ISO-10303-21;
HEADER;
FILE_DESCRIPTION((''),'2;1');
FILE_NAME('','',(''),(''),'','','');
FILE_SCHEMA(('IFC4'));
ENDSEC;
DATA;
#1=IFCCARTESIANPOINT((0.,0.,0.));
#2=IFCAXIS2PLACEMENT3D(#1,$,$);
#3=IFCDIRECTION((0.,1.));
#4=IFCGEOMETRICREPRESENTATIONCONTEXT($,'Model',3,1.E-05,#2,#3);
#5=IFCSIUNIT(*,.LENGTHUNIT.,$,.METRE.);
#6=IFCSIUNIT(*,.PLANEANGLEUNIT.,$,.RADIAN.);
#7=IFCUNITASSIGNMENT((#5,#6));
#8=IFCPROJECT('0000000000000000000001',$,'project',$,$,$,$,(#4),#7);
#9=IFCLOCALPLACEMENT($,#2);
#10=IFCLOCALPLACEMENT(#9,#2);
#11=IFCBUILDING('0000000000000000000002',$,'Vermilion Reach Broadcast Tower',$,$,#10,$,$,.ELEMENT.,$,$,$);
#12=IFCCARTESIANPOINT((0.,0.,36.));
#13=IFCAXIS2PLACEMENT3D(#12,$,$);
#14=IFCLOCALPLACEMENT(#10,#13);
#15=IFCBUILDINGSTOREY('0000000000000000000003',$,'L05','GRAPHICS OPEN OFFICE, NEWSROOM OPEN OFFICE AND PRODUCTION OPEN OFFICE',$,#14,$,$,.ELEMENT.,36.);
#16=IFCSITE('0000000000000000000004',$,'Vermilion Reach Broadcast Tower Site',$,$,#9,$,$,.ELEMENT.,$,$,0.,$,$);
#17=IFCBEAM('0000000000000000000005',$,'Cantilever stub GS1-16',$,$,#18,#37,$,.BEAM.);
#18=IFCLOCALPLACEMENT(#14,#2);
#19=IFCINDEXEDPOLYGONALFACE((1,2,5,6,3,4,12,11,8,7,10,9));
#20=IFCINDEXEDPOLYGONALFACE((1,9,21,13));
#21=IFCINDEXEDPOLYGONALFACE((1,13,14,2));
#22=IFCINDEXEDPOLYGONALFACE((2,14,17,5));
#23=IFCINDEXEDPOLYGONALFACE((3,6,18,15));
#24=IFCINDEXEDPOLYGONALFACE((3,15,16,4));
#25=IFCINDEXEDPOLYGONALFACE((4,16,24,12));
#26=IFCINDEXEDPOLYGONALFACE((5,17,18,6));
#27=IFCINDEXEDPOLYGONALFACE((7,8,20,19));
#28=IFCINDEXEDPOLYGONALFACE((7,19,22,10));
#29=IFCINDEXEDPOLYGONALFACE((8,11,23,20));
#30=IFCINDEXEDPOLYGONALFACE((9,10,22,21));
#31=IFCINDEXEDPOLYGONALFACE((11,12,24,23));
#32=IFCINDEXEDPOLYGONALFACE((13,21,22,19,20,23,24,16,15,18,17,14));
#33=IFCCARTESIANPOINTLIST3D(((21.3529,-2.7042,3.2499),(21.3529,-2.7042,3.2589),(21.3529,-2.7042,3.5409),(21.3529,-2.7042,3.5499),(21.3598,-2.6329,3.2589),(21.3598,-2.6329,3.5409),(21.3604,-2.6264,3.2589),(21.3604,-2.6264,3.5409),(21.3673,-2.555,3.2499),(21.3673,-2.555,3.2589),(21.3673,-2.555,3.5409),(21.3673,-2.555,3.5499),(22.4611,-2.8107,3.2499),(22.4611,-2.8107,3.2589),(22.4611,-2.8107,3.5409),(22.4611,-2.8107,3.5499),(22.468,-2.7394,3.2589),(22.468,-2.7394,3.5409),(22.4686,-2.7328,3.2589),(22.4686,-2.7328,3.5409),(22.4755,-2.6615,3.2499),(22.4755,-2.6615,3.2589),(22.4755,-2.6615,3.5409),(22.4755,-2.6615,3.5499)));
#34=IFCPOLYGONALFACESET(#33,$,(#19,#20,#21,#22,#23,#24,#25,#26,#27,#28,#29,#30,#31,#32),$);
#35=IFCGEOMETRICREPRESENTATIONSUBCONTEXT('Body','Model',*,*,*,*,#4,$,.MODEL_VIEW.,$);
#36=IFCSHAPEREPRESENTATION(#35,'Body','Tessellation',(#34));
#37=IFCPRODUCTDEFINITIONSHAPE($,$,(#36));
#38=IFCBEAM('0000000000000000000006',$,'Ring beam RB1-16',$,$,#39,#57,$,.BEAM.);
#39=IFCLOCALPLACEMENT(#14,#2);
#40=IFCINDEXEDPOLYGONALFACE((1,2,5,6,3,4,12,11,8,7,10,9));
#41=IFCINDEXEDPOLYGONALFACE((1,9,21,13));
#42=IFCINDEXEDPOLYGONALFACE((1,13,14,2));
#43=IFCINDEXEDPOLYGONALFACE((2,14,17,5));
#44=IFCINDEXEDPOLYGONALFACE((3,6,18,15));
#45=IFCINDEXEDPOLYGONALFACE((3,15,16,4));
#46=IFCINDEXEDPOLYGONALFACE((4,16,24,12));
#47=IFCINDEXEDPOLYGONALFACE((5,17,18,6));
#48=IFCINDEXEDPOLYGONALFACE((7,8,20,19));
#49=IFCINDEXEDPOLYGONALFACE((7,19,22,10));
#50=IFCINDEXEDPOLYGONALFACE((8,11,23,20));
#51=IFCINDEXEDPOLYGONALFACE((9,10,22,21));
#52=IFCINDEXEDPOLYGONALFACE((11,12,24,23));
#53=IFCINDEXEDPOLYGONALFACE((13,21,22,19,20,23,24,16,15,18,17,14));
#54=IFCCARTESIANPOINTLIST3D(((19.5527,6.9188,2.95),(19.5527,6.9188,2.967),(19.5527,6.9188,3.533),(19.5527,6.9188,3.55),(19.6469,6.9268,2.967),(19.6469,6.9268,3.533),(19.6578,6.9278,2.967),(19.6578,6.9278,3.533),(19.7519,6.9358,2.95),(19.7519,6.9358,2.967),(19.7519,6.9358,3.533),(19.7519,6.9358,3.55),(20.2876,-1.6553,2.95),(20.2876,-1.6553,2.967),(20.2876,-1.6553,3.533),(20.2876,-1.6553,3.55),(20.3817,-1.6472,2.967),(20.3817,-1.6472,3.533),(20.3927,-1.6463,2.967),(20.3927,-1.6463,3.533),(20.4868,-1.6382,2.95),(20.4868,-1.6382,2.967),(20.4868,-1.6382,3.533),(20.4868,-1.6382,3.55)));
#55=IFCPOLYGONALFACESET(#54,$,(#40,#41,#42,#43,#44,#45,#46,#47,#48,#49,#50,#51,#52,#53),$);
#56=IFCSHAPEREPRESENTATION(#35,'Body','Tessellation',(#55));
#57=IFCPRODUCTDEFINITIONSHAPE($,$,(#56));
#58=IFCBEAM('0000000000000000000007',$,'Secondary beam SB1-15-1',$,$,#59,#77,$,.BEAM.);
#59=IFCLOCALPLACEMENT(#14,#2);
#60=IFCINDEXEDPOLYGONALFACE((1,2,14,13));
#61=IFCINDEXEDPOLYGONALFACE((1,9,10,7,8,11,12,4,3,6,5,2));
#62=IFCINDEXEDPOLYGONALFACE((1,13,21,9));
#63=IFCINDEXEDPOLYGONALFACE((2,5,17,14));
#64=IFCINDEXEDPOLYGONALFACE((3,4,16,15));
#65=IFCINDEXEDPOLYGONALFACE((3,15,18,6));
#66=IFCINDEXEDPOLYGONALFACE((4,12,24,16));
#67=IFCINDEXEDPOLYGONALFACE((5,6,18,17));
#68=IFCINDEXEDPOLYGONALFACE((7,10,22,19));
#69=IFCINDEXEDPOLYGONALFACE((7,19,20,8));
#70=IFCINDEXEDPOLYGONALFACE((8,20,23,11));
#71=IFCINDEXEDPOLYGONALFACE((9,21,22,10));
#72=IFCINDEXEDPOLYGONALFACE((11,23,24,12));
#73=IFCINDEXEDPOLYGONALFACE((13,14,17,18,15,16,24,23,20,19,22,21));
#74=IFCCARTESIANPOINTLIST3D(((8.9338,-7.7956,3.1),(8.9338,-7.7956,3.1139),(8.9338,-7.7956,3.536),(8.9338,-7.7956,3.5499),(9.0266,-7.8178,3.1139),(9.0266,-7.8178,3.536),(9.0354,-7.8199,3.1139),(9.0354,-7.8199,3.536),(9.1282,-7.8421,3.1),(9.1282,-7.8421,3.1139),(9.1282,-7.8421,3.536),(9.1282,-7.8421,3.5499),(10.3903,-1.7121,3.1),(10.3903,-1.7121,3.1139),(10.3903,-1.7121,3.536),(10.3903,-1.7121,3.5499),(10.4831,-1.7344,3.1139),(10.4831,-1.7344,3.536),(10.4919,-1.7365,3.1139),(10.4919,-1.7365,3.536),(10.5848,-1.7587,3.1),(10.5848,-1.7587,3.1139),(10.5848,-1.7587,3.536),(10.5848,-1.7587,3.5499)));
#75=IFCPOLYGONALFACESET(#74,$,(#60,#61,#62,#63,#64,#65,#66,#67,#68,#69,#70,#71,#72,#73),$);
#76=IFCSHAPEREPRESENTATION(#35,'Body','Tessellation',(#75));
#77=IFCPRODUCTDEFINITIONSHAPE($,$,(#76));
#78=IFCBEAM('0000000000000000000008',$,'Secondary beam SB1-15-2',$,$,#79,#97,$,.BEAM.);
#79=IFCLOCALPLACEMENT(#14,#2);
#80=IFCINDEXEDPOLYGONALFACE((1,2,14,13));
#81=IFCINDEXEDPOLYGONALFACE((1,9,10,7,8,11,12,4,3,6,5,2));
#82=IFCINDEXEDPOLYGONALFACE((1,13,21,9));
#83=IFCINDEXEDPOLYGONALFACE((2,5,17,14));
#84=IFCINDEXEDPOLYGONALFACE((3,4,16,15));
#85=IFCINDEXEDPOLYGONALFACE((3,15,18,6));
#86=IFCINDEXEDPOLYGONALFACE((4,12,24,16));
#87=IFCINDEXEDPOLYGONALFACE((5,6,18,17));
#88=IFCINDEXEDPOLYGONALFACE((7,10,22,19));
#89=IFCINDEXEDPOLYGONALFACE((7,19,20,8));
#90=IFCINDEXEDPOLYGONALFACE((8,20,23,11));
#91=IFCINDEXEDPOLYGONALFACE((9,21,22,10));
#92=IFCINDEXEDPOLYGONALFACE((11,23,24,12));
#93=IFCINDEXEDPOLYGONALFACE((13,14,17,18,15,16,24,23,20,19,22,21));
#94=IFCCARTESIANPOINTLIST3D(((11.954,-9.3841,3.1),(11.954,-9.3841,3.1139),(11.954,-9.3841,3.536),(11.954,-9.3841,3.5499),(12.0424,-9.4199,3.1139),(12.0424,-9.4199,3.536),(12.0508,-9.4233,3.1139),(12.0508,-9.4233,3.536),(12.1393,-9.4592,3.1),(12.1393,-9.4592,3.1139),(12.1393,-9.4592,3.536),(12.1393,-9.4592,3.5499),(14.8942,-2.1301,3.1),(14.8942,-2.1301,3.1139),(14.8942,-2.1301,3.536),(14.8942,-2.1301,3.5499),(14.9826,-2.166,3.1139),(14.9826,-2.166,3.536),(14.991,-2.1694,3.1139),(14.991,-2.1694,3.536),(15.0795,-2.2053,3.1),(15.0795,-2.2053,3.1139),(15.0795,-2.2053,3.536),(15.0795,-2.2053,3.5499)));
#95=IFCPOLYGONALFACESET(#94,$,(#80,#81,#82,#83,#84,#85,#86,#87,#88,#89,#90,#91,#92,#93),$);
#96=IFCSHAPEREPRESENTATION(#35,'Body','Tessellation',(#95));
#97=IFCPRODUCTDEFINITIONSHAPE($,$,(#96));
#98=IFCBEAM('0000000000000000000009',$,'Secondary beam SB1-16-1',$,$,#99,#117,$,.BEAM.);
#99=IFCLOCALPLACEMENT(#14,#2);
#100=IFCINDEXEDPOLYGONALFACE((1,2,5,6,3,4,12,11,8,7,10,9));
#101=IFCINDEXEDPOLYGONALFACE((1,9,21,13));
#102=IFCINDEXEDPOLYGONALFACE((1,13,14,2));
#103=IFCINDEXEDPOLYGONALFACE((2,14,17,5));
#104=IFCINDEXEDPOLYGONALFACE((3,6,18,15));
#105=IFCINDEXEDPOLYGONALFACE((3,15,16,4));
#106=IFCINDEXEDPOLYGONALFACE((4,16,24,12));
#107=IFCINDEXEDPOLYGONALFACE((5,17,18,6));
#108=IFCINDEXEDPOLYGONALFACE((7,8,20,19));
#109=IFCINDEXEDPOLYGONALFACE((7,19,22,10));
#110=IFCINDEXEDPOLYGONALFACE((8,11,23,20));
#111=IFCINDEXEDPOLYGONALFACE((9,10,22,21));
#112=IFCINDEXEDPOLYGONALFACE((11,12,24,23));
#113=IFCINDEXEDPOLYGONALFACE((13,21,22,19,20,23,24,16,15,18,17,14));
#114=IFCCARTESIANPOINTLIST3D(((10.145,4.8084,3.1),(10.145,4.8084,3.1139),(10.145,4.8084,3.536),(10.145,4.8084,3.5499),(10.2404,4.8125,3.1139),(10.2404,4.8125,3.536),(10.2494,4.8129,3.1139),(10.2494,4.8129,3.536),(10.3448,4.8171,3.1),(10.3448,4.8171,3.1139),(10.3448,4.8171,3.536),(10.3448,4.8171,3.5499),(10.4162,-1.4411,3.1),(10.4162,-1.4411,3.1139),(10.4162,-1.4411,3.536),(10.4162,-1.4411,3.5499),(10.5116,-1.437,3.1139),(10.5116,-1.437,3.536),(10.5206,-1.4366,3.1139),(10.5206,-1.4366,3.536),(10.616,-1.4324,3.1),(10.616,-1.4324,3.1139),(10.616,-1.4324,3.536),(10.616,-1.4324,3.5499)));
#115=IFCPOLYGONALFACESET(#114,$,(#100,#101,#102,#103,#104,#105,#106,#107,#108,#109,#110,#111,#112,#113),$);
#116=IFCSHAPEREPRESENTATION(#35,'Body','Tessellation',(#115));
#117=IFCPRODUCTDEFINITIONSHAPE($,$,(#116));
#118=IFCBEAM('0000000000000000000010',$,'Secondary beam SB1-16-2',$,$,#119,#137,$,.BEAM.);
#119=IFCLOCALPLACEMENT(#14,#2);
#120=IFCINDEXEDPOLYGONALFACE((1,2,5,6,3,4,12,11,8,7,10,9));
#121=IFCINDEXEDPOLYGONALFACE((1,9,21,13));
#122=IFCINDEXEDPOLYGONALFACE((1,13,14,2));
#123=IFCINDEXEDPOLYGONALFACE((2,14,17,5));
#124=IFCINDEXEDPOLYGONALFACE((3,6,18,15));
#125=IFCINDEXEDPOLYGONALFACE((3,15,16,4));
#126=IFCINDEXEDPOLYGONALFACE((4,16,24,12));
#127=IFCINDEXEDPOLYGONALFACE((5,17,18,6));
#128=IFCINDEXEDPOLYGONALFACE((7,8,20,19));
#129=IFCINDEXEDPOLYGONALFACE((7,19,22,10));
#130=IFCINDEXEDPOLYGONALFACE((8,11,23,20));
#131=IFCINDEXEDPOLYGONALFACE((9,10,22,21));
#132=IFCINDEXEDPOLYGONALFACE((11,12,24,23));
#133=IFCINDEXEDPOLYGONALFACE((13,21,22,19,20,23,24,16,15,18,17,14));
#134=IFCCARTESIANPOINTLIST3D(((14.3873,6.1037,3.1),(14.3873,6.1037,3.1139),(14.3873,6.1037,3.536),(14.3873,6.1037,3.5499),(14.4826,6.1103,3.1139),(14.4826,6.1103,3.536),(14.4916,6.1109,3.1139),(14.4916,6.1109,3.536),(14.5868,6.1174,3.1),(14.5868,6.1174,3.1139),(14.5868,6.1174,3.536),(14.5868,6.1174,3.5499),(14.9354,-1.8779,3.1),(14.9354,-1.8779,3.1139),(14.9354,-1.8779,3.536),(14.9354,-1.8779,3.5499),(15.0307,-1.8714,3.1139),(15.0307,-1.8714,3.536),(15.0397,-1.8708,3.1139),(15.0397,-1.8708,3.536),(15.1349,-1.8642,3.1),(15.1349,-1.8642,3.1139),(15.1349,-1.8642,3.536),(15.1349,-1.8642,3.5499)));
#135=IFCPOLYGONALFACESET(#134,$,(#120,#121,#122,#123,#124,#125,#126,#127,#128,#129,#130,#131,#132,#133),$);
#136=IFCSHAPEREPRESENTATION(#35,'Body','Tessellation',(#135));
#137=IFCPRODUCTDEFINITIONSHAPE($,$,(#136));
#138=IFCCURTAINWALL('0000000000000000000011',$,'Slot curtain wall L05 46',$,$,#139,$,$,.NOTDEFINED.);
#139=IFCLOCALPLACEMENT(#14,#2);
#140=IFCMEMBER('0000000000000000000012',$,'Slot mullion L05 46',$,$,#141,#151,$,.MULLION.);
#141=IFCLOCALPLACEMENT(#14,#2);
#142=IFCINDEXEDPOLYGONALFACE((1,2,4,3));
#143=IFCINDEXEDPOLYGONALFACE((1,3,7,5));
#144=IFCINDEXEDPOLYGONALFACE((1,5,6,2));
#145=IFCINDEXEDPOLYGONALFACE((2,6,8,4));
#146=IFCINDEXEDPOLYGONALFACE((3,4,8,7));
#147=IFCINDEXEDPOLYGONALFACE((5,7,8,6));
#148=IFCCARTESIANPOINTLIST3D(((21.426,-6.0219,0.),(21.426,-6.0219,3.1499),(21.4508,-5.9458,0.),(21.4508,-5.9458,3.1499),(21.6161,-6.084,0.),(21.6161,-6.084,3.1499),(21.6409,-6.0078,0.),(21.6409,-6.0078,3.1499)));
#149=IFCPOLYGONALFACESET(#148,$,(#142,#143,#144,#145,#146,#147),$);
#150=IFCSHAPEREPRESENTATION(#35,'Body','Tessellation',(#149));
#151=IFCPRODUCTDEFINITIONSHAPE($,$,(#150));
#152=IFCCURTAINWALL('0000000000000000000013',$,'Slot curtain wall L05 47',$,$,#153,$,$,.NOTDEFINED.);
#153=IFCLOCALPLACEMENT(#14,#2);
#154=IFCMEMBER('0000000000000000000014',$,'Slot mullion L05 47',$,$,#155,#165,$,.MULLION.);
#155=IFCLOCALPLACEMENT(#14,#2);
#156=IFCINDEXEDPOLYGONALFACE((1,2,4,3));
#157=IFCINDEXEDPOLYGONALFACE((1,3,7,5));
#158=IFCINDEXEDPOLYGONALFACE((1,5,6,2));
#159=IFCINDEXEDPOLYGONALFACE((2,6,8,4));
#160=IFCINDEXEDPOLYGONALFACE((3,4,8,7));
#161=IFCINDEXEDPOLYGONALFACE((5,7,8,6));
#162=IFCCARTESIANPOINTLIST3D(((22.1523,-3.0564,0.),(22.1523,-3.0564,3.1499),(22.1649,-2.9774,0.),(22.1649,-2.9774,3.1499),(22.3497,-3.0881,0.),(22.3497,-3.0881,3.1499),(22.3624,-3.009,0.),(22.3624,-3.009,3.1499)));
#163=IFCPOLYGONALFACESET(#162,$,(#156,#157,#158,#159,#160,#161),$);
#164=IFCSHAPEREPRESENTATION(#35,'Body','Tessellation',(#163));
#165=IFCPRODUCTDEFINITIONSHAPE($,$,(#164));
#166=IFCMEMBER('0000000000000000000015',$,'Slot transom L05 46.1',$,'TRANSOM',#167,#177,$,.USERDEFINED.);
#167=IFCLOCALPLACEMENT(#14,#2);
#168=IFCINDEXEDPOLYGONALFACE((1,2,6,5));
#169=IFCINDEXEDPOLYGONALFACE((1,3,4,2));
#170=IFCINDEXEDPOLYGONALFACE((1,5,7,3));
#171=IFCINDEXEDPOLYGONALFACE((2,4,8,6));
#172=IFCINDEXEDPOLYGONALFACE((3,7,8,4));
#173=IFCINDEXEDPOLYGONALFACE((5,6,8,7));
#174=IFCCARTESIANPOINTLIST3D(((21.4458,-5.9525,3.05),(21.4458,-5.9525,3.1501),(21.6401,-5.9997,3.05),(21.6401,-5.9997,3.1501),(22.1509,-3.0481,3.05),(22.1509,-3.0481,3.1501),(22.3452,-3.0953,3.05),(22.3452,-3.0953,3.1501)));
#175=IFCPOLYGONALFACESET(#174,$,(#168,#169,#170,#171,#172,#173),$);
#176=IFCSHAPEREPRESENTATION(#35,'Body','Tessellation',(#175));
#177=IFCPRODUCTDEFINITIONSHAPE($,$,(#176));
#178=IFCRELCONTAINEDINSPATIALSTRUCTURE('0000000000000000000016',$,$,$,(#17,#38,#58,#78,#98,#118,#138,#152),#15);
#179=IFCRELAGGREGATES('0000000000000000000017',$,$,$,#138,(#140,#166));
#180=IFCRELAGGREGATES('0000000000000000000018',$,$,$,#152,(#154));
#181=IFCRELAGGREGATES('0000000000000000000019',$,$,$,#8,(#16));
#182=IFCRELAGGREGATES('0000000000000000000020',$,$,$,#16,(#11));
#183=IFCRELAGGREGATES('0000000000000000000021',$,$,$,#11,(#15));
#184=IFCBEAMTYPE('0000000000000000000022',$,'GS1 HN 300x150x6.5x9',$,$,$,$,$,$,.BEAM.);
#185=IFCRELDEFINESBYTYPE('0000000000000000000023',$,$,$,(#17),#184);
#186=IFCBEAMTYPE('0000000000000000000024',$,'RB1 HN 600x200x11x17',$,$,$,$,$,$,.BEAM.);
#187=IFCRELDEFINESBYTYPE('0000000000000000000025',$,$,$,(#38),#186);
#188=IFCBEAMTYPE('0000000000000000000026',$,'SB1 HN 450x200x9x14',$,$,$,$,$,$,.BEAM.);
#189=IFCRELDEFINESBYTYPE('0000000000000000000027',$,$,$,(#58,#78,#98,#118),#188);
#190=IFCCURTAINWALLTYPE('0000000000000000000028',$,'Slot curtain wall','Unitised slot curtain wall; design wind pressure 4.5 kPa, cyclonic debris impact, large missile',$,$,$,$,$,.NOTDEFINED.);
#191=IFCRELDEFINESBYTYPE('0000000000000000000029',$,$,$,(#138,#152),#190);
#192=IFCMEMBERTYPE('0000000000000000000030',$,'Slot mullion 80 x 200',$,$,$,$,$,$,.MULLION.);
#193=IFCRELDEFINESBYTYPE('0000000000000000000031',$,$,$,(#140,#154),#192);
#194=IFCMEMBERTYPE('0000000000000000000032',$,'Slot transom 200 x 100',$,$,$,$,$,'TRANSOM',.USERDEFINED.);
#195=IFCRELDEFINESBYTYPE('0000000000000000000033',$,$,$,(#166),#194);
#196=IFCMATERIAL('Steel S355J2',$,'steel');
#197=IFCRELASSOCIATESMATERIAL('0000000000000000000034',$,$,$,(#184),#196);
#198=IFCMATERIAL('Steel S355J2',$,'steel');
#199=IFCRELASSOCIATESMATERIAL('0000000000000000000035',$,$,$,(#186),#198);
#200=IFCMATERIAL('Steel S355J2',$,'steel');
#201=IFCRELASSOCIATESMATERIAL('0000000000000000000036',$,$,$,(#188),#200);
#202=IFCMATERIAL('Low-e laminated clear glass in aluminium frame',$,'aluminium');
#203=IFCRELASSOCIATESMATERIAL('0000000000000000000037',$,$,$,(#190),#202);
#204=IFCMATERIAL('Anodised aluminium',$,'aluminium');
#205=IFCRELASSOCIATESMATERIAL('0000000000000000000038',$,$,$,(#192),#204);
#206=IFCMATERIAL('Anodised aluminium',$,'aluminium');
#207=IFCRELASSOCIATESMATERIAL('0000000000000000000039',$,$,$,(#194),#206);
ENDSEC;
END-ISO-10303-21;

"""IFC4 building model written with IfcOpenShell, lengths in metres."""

from ifc_helpers import new_model, si_unit, direction, frame, origin, origin_2d, place, context, subcontext, project, spatial, rectangle, i_section, extrude, material, material_profile, profile_set, type_object, element, aggregate, save


model = new_model("IFC4")

# Units and contexts
model_context = context("Model", 3, precision=1e-05, world=origin(), true_north=direction((0.0, 1.0)))
body_context = subcontext(model_context, "Body", "Model", "MODEL_VIEW")
ifc_project = project(units=[si_unit("LENGTHUNIT", "METRE"), si_unit("PLANEANGLEUNIT", "RADIAN")], contexts=[model_context])

# Site, building, storey
site_placement = place(None, origin())
site = spatial("IfcSite", under=ifc_project, at=site_placement, Name="Vermilion Reach Broadcast Tower Site", CompositionType="ELEMENT", RefElevation=0.0)
building_placement = place(site_placement, origin())
building = spatial("IfcBuilding", under=site, at=building_placement, Name="Vermilion Reach Broadcast Tower", CompositionType="ELEMENT")
storey_placement = place(building_placement, frame((0.0, 0.0, 36.0)))
storey = spatial("IfcBuildingStorey", under=building, at=storey_placement, Name="L05", Description="GRAPHICS OPEN OFFICE, NEWSROOM OPEN OFFICE AND PRODUCTION OPEN OFFICE", CompositionType="ELEMENT", Elevation=36.0)

# Beams
ifc_material_1 = material(Name="Steel S355J2", Category="steel")
ifc_material_profile_1 = material_profile(ifc_material_1, i_section(OverallWidth=0.1499, OverallDepth=0.3, WebThickness=0.0066, FlangeThickness=0.009, at=origin_2d()), Name="S355J2 HN 300x150x6.5x9")
ifc_profile_set_1 = profile_set([ifc_material_profile_1], Name="Steel S355J2")
beam_type_1 = type_object("IfcBeamType", Name="GS1 HN 300x150x6.5x9", PredefinedType="BEAM", material=ifc_profile_set_1)
beam_1_placement = place(storey_placement, frame((21.3601, -2.6296, 3.3999), z_axis=(0.995418, -0.095616, 0.0), x_axis=(0.095616, 0.995418, 0.0)))
element("IfcBeam", 1, at=beam_1_placement, inside=storey, type_object=beam_type_1, Name="Cantilever stub GS1-16", PredefinedType="BEAM", context=body_context, shape_type="SweptSolid", body=[
    extrude(i_section(OverallWidth=0.1499, OverallDepth=0.3, WebThickness=0.0066, FlangeThickness=0.009, at=origin_2d()), origin(), (0.0, 0.0, 1.0), 1.1133),
])
ifc_material_2 = material(Name="Steel S355J2", Category="steel")
ifc_material_profile_2 = material_profile(ifc_material_2, i_section(OverallWidth=0.2, OverallDepth=0.6001, WebThickness=0.011, FlangeThickness=0.0171, at=origin_2d()), Name="S355J2 HN 600x200x11x17")
ifc_profile_set_2 = profile_set([ifc_material_profile_2], Name="Steel S355J2")
beam_type_2 = type_object("IfcBeamType", Name="RB1 HN 600x200x11x17", PredefinedType="BEAM", material=ifc_profile_set_2)
beam_2_placement = place(storey_placement, frame((20.3872, -1.6467, 3.25), z_axis=(-0.085396, 0.996347, 0.0), x_axis=(-0.996347, -0.085396, 0.0)))
element("IfcBeam", 2, at=beam_2_placement, inside=storey, type_object=beam_type_2, Name="Ring beam RB1-16", PredefinedType="BEAM", context=body_context, shape_type="SweptSolid", body=[
    extrude(i_section(OverallWidth=0.2, OverallDepth=0.6001, WebThickness=0.011, FlangeThickness=0.0171, at=origin_2d()), origin(), (0.0, 0.0, 1.0), 8.6055),
])
ifc_material_3 = material(Name="Steel S355J2", Category="steel")
ifc_material_profile_3 = material_profile(ifc_material_3, i_section(OverallWidth=0.2, OverallDepth=0.45, WebThickness=0.009, FlangeThickness=0.0139, at=origin_2d()), Name="S355J2 HN 450x200x9x14")
ifc_profile_set_3 = profile_set([ifc_material_profile_3], Name="Steel S355J2")
beam_type_3 = type_object("IfcBeamType", Name="SB1 HN 450x200x9x14", PredefinedType="BEAM", material=ifc_profile_set_3)
beam_3_placement = place(storey_placement, frame((9.031, -7.8188, 3.325), z_axis=(0.232844, 0.972514, 0.0), x_axis=(-0.972514, 0.232844, 0.0)))
element("IfcBeam", 3, at=beam_3_placement, inside=storey, type_object=beam_type_3, Name="Secondary beam SB1-15-1", PredefinedType="BEAM", context=body_context, shape_type="SweptSolid", body=[
    extrude(i_section(OverallWidth=0.2, OverallDepth=0.45, WebThickness=0.009, FlangeThickness=0.0139, at=origin_2d()), origin(), (0.0, 0.0, 1.0), 6.2554),
])
beam_4_placement = place(storey_placement, frame((12.0466, -9.4216, 3.325), z_axis=(0.375641, 0.926765, 0.0), x_axis=(-0.926765, 0.375641, 0.0)))
element("IfcBeam", 4, at=beam_4_placement, inside=storey, type_object=beam_type_3, Name="Secondary beam SB1-15-2", PredefinedType="BEAM", context=body_context, shape_type="SweptSolid", body=[
    extrude(i_section(OverallWidth=0.2, OverallDepth=0.45, WebThickness=0.009, FlangeThickness=0.0139, at=origin_2d()), origin(), (0.0, 0.0, 1.0), 7.8271),
])
beam_5_placement = place(storey_placement, frame((10.5161, -1.4368, 3.325), z_axis=(-0.043361, 0.999059, 0.0), x_axis=(-0.999059, -0.043361, 0.0)))
element("IfcBeam", 5, at=beam_5_placement, inside=storey, type_object=beam_type_3, Name="Secondary beam SB1-16-1", PredefinedType="BEAM", context=body_context, shape_type="SweptSolid", body=[
    extrude(i_section(OverallWidth=0.2, OverallDepth=0.45, WebThickness=0.009, FlangeThickness=0.0139, at=origin_2d()), origin(), (0.0, 0.0, 1.0), 6.2554),
])
beam_6_placement = place(storey_placement, frame((15.0352, -1.8711, 3.325), z_axis=(-0.068508, 0.997651, 0.0), x_axis=(-0.997651, -0.068508, 0.0)))
element("IfcBeam", 6, at=beam_6_placement, inside=storey, type_object=beam_type_3, Name="Secondary beam SB1-16-2", PredefinedType="BEAM", context=body_context, shape_type="SweptSolid", body=[
    extrude(i_section(OverallWidth=0.2, OverallDepth=0.45, WebThickness=0.009, FlangeThickness=0.0139, at=origin_2d()), origin(), (0.0, 0.0, 1.0), 8.0005),
])

# Curtain walls, members
ifc_material_4 = material(Name="Low-e laminated clear glass in aluminium frame", Category="aluminium")
curtain_wall_type = type_object("IfcCurtainWallType", Name="Slot curtain wall", Description="Unitised slot curtain wall; design wind pressure 4.5 kPa, cyclonic debris impact, large missile", PredefinedType="NOTDEFINED", material=ifc_material_4)
placement = place(storey_placement, origin())
curtain_wall_1 = element("IfcCurtainWall", 7, at=placement, inside=storey, type_object=curtain_wall_type, Name="Slot curtain wall L05 46", PredefinedType="NOTDEFINED")
ifc_material_5 = material(Name="Anodised aluminium", Category="aluminium")
ifc_material_profile_4 = material_profile(ifc_material_5, rectangle(XDim=0.2, YDim=0.0801, at=origin_2d()), Name="Slot mullion 80 x 200")
ifc_profile_set_4 = profile_set([ifc_material_profile_4], Name="Anodised aluminium")
member_type_1 = type_object("IfcMemberType", Name="Slot mullion 80 x 200", PredefinedType="MULLION", material=ifc_profile_set_4)
member_1_placement = place(storey_placement, frame((21.5334, -6.0149, 0.0), z_axis=(0.0, 0.0, 1.0), x_axis=(-0.95066, 0.310236, 0.0)))
member_1 = element("IfcMember", 8, at=member_1_placement, type_object=member_type_1, Name="Slot mullion L05 46", PredefinedType="MULLION", context=body_context, shape_type="SweptSolid", body=[
    extrude(rectangle(XDim=0.2, YDim=0.0801, at=origin_2d()), origin(), (0.0, 0.0, 1.0), 3.1499),
])
curtain_wall_2 = element("IfcCurtainWall", 9, at=placement, inside=storey, type_object=curtain_wall_type, Name="Slot curtain wall L05 47", PredefinedType="NOTDEFINED")
member_2_placement = place(storey_placement, frame((22.2573, -3.0327, 0.0), z_axis=(0.0, 0.0, 1.0), x_axis=(-0.987389, 0.158311, 0.0)))
member_2 = element("IfcMember", 10, at=member_2_placement, type_object=member_type_1, Name="Slot mullion L05 47", PredefinedType="MULLION", context=body_context, shape_type="SweptSolid", body=[
    extrude(rectangle(XDim=0.2, YDim=0.0801, at=origin_2d()), origin(), (0.0, 0.0, 1.0), 3.1499),
])

# Member
ifc_material_6 = material(Name="Anodised aluminium", Category="aluminium")
ifc_material_profile_5 = material_profile(ifc_material_6, rectangle(XDim=0.2, YDim=0.1001, at=origin_2d()), Name="Slot transom 200 x 100")
ifc_profile_set_5 = profile_set([ifc_material_profile_5], Name="Anodised aluminium")
member_type_2 = type_object("IfcMemberType", Name="Slot transom 200 x 100", ElementType="TRANSOM", PredefinedType="USERDEFINED", material=ifc_profile_set_5)
member_3_placement = place(storey_placement, frame((21.543, -5.9761, 3.1001), z_axis=(0.235918, 0.971773, 0.0), x_axis=(-0.971773, 0.235918, 0.0)))
member_3 = element("IfcMember", 11, at=member_3_placement, type_object=member_type_2, Name="Slot transom L05 46.1", ObjectType="TRANSOM", PredefinedType="USERDEFINED", context=body_context, shape_type="SweptSolid", body=[
    extrude(rectangle(XDim=0.2, YDim=0.1001, at=origin_2d()), origin(), (0.0, 0.0, 1.0), 2.9888),
])

aggregate(curtain_wall_1, [member_1, member_3])
aggregate(curtain_wall_2, [member_2])

save(model, "model.ifc")
